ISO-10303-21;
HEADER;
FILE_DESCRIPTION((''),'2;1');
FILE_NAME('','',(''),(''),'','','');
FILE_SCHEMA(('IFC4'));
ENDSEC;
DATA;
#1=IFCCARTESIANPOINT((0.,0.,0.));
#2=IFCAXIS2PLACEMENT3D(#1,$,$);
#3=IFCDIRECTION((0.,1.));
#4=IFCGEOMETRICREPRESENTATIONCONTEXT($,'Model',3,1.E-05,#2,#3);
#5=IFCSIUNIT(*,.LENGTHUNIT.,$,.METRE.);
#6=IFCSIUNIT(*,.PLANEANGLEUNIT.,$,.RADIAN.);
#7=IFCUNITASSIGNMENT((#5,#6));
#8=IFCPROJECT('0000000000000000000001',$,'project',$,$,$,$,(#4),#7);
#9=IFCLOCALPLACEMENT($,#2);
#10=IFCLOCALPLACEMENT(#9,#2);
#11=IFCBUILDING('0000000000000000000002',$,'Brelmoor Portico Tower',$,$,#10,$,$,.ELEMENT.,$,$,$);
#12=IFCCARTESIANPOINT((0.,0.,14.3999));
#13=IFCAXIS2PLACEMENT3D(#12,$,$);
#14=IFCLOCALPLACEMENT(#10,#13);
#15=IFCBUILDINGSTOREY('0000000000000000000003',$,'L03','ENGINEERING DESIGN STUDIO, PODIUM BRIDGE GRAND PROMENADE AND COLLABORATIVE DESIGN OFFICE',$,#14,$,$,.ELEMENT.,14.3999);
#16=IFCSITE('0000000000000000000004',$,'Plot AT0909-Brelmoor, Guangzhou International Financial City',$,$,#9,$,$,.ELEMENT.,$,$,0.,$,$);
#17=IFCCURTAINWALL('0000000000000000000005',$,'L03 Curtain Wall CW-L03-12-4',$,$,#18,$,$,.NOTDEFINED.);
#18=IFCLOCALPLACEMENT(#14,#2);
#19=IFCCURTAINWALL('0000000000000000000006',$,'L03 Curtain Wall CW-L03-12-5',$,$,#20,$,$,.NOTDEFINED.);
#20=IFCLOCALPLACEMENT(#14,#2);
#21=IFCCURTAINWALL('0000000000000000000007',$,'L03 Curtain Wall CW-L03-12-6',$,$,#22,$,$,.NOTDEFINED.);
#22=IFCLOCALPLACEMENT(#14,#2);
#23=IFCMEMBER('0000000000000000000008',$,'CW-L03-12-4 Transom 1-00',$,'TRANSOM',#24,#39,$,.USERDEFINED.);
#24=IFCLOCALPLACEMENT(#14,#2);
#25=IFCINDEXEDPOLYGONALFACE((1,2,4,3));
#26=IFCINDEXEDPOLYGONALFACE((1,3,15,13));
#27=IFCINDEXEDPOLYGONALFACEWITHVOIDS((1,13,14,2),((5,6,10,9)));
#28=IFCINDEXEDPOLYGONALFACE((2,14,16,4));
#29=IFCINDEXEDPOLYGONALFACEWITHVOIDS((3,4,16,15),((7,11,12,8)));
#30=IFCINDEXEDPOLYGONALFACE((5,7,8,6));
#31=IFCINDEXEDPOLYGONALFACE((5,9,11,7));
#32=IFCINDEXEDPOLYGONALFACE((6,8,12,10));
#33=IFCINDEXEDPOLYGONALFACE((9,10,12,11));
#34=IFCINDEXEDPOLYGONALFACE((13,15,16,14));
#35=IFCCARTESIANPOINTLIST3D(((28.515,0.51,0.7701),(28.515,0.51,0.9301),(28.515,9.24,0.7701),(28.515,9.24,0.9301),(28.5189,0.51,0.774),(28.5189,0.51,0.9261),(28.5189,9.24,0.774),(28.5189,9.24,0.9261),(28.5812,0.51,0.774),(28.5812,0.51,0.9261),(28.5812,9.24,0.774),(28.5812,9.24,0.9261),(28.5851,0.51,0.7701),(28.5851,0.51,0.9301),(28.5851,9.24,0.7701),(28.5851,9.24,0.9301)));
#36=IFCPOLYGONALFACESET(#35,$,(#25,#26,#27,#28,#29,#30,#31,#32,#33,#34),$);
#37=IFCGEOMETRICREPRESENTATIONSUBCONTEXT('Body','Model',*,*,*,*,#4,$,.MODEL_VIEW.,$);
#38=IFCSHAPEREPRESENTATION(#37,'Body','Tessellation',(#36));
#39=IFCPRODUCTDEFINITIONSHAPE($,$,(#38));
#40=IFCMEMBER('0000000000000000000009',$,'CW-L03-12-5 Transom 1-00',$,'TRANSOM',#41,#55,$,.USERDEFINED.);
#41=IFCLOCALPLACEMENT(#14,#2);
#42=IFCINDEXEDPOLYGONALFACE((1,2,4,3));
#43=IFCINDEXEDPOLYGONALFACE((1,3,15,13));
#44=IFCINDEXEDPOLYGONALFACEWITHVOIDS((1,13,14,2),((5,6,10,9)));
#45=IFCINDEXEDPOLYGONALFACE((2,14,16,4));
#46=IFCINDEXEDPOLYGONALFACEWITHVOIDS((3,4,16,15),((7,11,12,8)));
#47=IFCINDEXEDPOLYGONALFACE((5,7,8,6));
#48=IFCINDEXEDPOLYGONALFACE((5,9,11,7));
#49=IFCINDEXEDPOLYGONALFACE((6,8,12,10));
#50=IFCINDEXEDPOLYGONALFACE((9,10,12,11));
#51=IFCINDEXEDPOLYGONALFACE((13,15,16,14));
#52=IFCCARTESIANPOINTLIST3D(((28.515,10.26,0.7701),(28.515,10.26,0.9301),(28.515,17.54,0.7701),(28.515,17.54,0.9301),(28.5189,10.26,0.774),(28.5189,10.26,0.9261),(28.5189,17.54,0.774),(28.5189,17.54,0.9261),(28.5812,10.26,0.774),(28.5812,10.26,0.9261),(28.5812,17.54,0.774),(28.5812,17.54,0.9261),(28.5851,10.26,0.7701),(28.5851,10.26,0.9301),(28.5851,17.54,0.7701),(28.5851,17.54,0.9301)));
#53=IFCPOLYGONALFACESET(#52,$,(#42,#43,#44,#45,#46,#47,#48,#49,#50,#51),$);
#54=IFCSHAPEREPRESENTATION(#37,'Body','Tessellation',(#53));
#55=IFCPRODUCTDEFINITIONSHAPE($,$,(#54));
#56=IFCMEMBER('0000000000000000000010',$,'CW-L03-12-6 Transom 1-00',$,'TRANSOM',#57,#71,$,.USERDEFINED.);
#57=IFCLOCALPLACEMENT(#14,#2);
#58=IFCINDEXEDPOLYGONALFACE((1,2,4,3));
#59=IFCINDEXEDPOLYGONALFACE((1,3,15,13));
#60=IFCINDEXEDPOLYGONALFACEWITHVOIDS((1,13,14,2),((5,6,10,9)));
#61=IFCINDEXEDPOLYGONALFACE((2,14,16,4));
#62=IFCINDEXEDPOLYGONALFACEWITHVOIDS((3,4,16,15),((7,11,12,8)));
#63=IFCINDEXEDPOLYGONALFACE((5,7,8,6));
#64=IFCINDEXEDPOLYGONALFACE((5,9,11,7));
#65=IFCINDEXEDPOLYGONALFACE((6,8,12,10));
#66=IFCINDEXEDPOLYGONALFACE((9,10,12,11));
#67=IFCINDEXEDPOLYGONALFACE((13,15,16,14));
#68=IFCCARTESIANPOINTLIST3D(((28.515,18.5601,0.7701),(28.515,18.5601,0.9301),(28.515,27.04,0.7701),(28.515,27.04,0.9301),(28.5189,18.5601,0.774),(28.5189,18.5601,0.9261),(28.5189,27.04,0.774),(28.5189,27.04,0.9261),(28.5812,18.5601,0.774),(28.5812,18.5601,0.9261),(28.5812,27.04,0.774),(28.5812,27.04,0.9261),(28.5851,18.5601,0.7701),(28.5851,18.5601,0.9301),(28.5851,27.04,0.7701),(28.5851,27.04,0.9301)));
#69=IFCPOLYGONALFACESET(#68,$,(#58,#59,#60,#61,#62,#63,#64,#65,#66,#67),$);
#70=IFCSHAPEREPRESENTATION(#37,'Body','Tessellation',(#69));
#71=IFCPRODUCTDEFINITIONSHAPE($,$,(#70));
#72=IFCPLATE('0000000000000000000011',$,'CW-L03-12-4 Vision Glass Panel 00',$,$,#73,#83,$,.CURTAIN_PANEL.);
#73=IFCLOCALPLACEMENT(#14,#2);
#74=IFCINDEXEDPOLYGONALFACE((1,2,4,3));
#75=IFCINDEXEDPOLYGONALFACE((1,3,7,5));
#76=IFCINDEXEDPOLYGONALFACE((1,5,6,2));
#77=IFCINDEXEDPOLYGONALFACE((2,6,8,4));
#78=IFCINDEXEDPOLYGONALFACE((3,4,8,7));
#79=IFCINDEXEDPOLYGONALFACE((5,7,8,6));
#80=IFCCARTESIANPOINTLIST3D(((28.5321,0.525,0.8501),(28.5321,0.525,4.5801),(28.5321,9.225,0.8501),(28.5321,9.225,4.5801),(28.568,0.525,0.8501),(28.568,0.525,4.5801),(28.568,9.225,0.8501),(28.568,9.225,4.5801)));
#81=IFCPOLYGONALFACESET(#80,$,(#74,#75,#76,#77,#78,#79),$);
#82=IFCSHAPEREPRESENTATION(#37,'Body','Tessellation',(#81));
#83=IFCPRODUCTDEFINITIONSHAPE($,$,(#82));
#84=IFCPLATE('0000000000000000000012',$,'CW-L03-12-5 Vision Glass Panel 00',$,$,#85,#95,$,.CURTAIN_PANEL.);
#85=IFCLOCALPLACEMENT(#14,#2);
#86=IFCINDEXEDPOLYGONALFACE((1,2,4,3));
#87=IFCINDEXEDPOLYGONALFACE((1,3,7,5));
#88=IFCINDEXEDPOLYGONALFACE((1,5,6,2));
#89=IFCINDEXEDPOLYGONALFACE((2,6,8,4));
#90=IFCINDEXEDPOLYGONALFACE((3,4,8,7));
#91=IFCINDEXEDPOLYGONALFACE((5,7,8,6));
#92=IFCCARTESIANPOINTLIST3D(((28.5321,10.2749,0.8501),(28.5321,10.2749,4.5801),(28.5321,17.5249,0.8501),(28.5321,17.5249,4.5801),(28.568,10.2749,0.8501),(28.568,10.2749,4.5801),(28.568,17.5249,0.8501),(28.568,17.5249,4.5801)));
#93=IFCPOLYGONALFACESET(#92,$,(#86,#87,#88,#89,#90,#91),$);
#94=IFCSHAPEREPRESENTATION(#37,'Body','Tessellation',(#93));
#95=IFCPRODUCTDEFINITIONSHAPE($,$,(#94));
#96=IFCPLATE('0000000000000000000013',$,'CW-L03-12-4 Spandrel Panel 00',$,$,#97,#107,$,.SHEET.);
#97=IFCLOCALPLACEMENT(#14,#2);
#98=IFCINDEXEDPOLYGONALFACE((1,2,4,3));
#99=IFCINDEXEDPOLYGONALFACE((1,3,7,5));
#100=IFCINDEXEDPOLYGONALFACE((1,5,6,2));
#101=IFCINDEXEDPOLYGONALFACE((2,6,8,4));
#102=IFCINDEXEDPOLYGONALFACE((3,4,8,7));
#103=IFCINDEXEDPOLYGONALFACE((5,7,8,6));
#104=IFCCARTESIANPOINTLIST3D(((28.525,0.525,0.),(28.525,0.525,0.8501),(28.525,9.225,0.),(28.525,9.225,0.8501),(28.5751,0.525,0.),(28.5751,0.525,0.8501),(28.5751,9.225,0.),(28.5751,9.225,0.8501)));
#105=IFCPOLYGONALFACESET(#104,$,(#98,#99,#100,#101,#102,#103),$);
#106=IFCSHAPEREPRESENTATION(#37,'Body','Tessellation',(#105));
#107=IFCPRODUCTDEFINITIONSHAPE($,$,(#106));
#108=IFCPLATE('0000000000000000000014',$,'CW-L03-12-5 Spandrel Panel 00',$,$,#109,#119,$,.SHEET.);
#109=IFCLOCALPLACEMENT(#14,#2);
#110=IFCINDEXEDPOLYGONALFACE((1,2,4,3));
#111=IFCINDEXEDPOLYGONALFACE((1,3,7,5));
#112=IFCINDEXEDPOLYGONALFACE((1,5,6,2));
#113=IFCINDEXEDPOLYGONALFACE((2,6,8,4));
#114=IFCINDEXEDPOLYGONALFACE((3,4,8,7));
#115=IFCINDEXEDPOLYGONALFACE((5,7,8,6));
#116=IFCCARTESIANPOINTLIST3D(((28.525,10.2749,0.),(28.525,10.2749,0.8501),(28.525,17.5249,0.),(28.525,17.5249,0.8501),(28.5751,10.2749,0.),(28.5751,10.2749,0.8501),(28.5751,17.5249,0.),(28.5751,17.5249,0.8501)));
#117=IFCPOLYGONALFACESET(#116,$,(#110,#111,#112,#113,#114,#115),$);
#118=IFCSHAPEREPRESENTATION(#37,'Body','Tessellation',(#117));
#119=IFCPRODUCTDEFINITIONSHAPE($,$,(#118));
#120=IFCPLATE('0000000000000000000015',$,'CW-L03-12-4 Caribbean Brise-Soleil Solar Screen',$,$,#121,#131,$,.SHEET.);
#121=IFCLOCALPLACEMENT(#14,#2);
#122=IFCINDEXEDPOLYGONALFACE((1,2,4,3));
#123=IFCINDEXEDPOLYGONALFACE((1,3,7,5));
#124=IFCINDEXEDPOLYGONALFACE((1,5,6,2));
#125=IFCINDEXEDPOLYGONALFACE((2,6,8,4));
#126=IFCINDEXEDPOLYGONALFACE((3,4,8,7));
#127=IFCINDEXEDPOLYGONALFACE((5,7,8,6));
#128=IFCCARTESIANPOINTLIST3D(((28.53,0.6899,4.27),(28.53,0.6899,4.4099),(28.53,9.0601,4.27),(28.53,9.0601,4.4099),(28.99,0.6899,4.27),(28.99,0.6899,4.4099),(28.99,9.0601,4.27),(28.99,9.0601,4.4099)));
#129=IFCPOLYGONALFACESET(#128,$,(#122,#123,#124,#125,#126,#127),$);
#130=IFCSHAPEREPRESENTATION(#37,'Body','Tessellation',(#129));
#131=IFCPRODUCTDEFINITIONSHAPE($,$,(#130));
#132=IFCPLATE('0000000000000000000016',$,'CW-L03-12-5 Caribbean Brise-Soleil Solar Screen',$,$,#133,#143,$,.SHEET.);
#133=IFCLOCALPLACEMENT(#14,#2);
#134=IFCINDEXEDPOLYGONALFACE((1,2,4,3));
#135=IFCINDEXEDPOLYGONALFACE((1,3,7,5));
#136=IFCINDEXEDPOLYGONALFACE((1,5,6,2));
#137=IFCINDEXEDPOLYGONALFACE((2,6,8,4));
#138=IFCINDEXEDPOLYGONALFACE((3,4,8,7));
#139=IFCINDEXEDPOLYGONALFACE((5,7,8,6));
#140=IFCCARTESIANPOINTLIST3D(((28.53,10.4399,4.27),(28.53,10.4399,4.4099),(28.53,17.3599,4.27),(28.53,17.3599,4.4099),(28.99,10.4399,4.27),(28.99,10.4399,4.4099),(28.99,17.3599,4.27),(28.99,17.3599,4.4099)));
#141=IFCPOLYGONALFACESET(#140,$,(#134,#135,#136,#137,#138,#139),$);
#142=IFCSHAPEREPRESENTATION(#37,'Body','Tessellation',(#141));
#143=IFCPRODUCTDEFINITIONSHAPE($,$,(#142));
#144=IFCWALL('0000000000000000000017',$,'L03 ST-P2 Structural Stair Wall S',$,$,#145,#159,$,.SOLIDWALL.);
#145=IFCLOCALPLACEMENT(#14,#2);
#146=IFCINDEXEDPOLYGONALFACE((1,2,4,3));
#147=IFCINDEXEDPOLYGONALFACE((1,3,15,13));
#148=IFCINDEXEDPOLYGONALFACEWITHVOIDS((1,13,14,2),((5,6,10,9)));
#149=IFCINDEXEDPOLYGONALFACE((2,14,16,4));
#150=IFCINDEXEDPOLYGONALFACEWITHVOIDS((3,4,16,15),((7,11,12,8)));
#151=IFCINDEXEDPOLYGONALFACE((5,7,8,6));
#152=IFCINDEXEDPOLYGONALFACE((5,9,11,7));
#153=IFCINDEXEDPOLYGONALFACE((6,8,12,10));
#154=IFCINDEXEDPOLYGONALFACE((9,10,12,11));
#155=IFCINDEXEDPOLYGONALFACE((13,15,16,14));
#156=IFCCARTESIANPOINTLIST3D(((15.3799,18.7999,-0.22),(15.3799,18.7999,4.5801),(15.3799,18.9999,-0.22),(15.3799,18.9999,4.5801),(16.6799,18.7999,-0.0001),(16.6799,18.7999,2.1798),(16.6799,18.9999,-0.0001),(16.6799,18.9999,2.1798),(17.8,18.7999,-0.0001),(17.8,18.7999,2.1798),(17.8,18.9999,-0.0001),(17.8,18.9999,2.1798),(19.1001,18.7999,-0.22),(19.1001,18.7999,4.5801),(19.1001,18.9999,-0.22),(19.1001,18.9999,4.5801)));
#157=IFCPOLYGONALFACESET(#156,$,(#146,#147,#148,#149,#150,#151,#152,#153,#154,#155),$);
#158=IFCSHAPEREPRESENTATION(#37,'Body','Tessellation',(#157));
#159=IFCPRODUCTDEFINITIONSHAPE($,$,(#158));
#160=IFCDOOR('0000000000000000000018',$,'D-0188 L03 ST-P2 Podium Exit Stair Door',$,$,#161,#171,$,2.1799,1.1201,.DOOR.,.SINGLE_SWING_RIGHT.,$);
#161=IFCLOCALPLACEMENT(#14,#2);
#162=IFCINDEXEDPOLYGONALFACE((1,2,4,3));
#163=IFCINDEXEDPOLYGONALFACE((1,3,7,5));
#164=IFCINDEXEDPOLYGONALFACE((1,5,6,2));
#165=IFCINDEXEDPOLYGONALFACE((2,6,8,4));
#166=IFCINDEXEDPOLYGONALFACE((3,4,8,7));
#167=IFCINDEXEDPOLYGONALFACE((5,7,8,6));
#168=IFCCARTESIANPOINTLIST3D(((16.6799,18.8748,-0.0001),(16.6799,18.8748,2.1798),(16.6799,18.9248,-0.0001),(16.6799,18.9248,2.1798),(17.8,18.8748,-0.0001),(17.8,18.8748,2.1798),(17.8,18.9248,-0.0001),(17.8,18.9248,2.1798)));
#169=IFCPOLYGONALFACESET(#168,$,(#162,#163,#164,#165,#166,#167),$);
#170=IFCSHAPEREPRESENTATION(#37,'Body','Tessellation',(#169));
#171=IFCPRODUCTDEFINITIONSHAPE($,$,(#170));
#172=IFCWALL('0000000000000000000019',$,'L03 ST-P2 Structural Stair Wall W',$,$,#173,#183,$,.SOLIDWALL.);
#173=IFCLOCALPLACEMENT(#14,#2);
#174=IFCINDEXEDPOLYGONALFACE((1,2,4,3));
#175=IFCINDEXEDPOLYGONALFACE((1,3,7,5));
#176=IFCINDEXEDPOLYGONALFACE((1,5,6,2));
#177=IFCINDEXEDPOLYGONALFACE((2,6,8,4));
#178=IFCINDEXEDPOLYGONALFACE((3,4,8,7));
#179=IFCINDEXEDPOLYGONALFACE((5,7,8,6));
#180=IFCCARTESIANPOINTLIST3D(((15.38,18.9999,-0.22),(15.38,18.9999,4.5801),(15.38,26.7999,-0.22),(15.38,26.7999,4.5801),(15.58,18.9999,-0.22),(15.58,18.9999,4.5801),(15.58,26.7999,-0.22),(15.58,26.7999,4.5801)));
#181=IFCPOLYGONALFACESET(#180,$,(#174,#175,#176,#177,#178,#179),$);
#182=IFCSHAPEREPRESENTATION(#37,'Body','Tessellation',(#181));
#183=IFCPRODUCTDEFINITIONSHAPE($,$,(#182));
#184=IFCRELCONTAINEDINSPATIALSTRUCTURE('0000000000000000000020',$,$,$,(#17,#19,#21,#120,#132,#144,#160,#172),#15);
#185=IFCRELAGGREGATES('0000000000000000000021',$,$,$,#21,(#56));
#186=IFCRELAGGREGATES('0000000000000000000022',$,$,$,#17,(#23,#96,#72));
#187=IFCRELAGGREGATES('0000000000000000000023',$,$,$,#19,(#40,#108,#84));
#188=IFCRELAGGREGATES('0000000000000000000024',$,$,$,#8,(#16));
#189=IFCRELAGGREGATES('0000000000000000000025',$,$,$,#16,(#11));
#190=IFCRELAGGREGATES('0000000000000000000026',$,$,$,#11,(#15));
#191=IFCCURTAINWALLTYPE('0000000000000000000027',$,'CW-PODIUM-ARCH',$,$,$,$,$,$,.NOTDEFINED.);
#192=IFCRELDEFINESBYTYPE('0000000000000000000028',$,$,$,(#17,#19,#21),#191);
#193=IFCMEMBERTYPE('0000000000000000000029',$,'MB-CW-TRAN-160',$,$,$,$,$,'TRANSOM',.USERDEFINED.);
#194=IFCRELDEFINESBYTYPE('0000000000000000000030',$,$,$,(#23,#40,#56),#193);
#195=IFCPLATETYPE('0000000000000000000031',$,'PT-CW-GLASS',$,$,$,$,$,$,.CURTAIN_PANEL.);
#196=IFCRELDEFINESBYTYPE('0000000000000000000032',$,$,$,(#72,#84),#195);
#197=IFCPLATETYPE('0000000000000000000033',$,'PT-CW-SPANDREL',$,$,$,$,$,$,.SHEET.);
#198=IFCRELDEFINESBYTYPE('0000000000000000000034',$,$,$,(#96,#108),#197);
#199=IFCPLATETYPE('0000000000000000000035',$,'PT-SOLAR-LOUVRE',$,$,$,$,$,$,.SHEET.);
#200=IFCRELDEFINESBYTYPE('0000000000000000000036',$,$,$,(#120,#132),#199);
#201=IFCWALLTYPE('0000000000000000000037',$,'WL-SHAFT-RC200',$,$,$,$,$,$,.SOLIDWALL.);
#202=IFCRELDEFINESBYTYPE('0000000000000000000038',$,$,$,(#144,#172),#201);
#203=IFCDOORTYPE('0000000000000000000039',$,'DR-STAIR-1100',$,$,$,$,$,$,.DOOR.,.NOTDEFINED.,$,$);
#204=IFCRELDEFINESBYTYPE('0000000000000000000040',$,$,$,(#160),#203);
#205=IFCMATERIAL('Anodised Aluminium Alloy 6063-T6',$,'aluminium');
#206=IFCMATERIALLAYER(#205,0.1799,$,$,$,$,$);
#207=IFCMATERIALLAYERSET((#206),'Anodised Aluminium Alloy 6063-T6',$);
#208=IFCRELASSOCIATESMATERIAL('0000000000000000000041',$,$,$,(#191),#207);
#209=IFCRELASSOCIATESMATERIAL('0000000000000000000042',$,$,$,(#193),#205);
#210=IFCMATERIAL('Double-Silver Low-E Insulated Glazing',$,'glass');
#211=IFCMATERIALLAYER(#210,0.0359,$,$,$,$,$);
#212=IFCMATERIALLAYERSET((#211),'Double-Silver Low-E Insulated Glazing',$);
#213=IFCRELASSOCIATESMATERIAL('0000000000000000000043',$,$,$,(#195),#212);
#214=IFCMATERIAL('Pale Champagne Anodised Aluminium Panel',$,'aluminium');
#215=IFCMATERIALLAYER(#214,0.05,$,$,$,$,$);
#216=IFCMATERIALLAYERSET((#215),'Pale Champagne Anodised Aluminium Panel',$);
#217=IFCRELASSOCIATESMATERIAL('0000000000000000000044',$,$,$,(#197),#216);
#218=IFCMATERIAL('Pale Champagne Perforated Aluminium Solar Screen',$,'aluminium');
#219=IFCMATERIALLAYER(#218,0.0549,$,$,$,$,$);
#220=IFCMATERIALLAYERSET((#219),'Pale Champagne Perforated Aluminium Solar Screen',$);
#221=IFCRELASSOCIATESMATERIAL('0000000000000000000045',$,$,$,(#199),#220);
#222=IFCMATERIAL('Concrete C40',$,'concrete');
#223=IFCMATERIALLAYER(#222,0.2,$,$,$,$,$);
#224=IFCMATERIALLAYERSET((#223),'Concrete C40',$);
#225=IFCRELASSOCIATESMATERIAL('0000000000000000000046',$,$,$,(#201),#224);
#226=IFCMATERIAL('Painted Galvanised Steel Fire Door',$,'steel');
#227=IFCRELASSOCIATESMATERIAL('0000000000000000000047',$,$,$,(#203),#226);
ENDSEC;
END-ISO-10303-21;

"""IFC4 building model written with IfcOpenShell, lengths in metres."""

from ifc_helpers import new_model, si_unit, direction, frame, frame_2d, origin, origin_2d, place, context, subcontext, project, spatial, rectangle, hollow_rectangle, extrude, material, layer, layer_set, material_profile, profile_set, type_object, element, fill, aggregate, save


model = new_model("IFC4")

# Units and contexts
model_context = context("Model", 3, precision=1e-05, world=origin(), true_north=direction((0.0, 1.0)))
body_context = subcontext(model_context, "Body", "Model", "MODEL_VIEW")
ifc_project = project(units=[si_unit("LENGTHUNIT", "METRE"), si_unit("PLANEANGLEUNIT", "RADIAN")], contexts=[model_context])

# Site, building, storey
site_placement = place(None, origin())
site = spatial("IfcSite", under=ifc_project, at=site_placement, Name="Plot AT0909-Brelmoor, Guangzhou International Financial City", CompositionType="ELEMENT", RefElevation=0.0)
building_placement = place(site_placement, origin())
building = spatial("IfcBuilding", under=site, at=building_placement, Name="Brelmoor Portico Tower", CompositionType="ELEMENT")
storey_placement = place(building_placement, frame((0.0, 0.0, 14.3999)))
storey = spatial("IfcBuildingStorey", under=building, at=storey_placement, Name="L03", Description="ENGINEERING DESIGN STUDIO, PODIUM BRIDGE GRAND PROMENADE AND COLLABORATIVE DESIGN OFFICE", CompositionType="ELEMENT", Elevation=14.3999)

# Curtain walls
ifc_material_1 = material(Name="Anodised Aluminium Alloy 6063-T6", Category="aluminium")
ifc_layer_1 = layer(ifc_material_1, 0.1799)
ifc_layer_set_1 = layer_set([ifc_layer_1], Name="Anodised Aluminium Alloy 6063-T6")
curtain_wall_type = type_object("IfcCurtainWallType", Name="CW-PODIUM-ARCH", PredefinedType="NOTDEFINED", material=ifc_layer_set_1)
curtain_wall_1_placement = place(storey_placement, origin())
curtain_wall_1 = element("IfcCurtainWall", 1, at=curtain_wall_1_placement, inside=storey, type_object=curtain_wall_type, Name="L03 Curtain Wall CW-L03-12-4", PredefinedType="NOTDEFINED")
curtain_wall_2_placement = place(storey_placement, origin())
curtain_wall_2 = element("IfcCurtainWall", 2, at=curtain_wall_2_placement, inside=storey, type_object=curtain_wall_type, Name="L03 Curtain Wall CW-L03-12-5", PredefinedType="NOTDEFINED")

# Curtain wall
curtain_wall_3_placement = place(storey_placement, origin())
curtain_wall_3 = element("IfcCurtainWall", 3, at=curtain_wall_3_placement, inside=storey, type_object=curtain_wall_type, Name="L03 Curtain Wall CW-L03-12-6", PredefinedType="NOTDEFINED")

# Members
ifc_material_profile_1 = material_profile(ifc_material_1, hollow_rectangle(XDim=0.0701, YDim=0.1599, WallThickness=0.0039, at=origin_2d()), Name="ALU TRANSOM 70x160")
ifc_profile_set_1 = profile_set([ifc_material_profile_1], Name="Anodised Aluminium Alloy 6063-T6")
member_type_1 = type_object("IfcMemberType", Name="MB-CW-TRAN-160", ElementType="TRANSOM", PredefinedType="USERDEFINED", material=ifc_profile_set_1)
member_1_placement = place(storey_placement, frame((28.55, 0.51, 0.8501), z_axis=(0.0, 1.0, 0.0), x_axis=(-1.0, 0.0, 0.0)))
member_1 = element("IfcMember", 4, at=member_1_placement, type_object=member_type_1, Name="CW-L03-12-4 Transom 1-00", ObjectType="TRANSOM", PredefinedType="USERDEFINED", context=body_context, shape_type="SweptSolid", body=[
    extrude(hollow_rectangle(XDim=0.0701, YDim=0.1599, WallThickness=0.0039, at=origin_2d()), origin(), (0.0, 0.0, 1.0), 8.73),
])
member_2_placement = place(storey_placement, frame((28.55, 10.26, 0.8501), z_axis=(0.0, 1.0, 0.0), x_axis=(-1.0, 0.0, 0.0)))
member_2 = element("IfcMember", 5, at=member_2_placement, type_object=member_type_1, Name="CW-L03-12-5 Transom 1-00", ObjectType="TRANSOM", PredefinedType="USERDEFINED", context=body_context, shape_type="SweptSolid", body=[
    extrude(hollow_rectangle(XDim=0.0701, YDim=0.1599, WallThickness=0.0039, at=origin_2d()), origin(), (0.0, 0.0, 1.0), 7.28),
])
member_3_placement = place(storey_placement, frame((28.55, 18.5601, 0.8501), z_axis=(0.0, 1.0, 0.0), x_axis=(-1.0, 0.0, 0.0)))
member_3 = element("IfcMember", 6, at=member_3_placement, type_object=member_type_1, Name="CW-L03-12-6 Transom 1-00", ObjectType="TRANSOM", PredefinedType="USERDEFINED", context=body_context, shape_type="SweptSolid", body=[
    extrude(hollow_rectangle(XDim=0.0701, YDim=0.1599, WallThickness=0.0039, at=origin_2d()), origin(), (0.0, 0.0, 1.0), 8.48),
])
aggregate(curtain_wall_3, [member_3])

# Plates
ifc_material_2 = material(Name="Double-Silver Low-E Insulated Glazing", Category="glass")
ifc_layer_2 = layer(ifc_material_2, 0.0359)
ifc_layer_set_2 = layer_set([ifc_layer_2], Name="Double-Silver Low-E Insulated Glazing")
plate_type_1 = type_object("IfcPlateType", Name="PT-CW-GLASS", PredefinedType="CURTAIN_PANEL", material=ifc_layer_set_2)
plate_1_placement = place(storey_placement, frame((28.55, 4.875, 0.8501), z_axis=(0.0, 0.0, 1.0), x_axis=(0.0, 1.0, 0.0)))
plate_1 = element("IfcPlate", 7, at=plate_1_placement, type_object=plate_type_1, Name="CW-L03-12-4 Vision Glass Panel 00", PredefinedType="CURTAIN_PANEL", context=body_context, shape_type="SweptSolid", body=[
    extrude(rectangle(XDim=8.7, YDim=0.0359, at=origin_2d()), origin(), (0.0, 0.0, 1.0), 3.73),
])
plate_2_placement = place(storey_placement, frame((28.55, 13.8999, 0.8501), z_axis=(0.0, 0.0, 1.0), x_axis=(0.0, 1.0, 0.0)))
plate_2 = element("IfcPlate", 8, at=plate_2_placement, type_object=plate_type_1, Name="CW-L03-12-5 Vision Glass Panel 00", PredefinedType="CURTAIN_PANEL", context=body_context, shape_type="SweptSolid", body=[
    extrude(rectangle(XDim=7.25, YDim=0.0359, at=origin_2d()), origin(), (0.0, 0.0, 1.0), 3.73),
])
ifc_material_3 = material(Name="Pale Champagne Anodised Aluminium Panel", Category="aluminium")
ifc_layer_3 = layer(ifc_material_3, 0.05)
ifc_layer_set_3 = layer_set([ifc_layer_3], Name="Pale Champagne Anodised Aluminium Panel")
plate_type_2 = type_object("IfcPlateType", Name="PT-CW-SPANDREL", PredefinedType="SHEET", material=ifc_layer_set_3)
plate_3_placement = place(storey_placement, frame((28.55, 4.875, 0.0), z_axis=(0.0, 0.0, 1.0), x_axis=(0.0, 1.0, 0.0)))
plate_3 = element("IfcPlate", 9, at=plate_3_placement, type_object=plate_type_2, Name="CW-L03-12-4 Spandrel Panel 00", PredefinedType="SHEET", context=body_context, shape_type="SweptSolid", body=[
    extrude(rectangle(XDim=8.7, YDim=0.05, at=origin_2d()), origin(), (0.0, 0.0, 1.0), 0.8501),
])
aggregate(curtain_wall_1, [member_1, plate_3, plate_1])
plate_4_placement = place(storey_placement, frame((28.55, 13.8999, 0.0), z_axis=(0.0, 0.0, 1.0), x_axis=(0.0, 1.0, 0.0)))
plate_4 = element("IfcPlate", 10, at=plate_4_placement, type_object=plate_type_2, Name="CW-L03-12-5 Spandrel Panel 00", PredefinedType="SHEET", context=body_context, shape_type="SweptSolid", body=[
    extrude(rectangle(XDim=7.25, YDim=0.05, at=origin_2d()), origin(), (0.0, 0.0, 1.0), 0.8501),
])
aggregate(curtain_wall_2, [member_2, plate_4, plate_2])

# Plates
ifc_material_4 = material(Name="Pale Champagne Perforated Aluminium Solar Screen", Category="aluminium")
ifc_layer_4 = layer(ifc_material_4, 0.0549)
ifc_layer_set_4 = layer_set([ifc_layer_4], Name="Pale Champagne Perforated Aluminium Solar Screen")
plate_type_3 = type_object("IfcPlateType", Name="PT-SOLAR-LOUVRE", PredefinedType="SHEET", material=ifc_layer_set_4)
plate_5_placement = place(storey_placement, frame((28.76, 4.875, 4.27), z_axis=(0.0, 0.0, 1.0), x_axis=(0.0, 1.0, 0.0)))
element("IfcPlate", 11, at=plate_5_placement, inside=storey, type_object=plate_type_3, Name="CW-L03-12-4 Caribbean Brise-Soleil Solar Screen", PredefinedType="SHEET", context=body_context, shape_type="SweptSolid", body=[
    extrude(rectangle(XDim=8.3701, YDim=0.46, at=origin_2d()), origin(), (0.0, 0.0, 1.0), 0.1399),
])
plate_6_placement = place(storey_placement, frame((28.76, 13.8999, 4.27), z_axis=(0.0, 0.0, 1.0), x_axis=(0.0, 1.0, 0.0)))
element("IfcPlate", 12, at=plate_6_placement, inside=storey, type_object=plate_type_3, Name="CW-L03-12-5 Caribbean Brise-Soleil Solar Screen", PredefinedType="SHEET", context=body_context, shape_type="SweptSolid", body=[
    extrude(rectangle(XDim=6.9199, YDim=0.46, at=origin_2d()), origin(), (0.0, 0.0, 1.0), 0.1399),
])

# Wall, opening, door
ifc_material_5 = material(Name="Concrete C40", Category="concrete")
ifc_layer_5 = layer(ifc_material_5, 0.2)
ifc_layer_set_5 = layer_set([ifc_layer_5], Name="Concrete C40")
wall_type = type_object("IfcWallType", Name="WL-SHAFT-RC200", PredefinedType="SOLIDWALL", material=ifc_layer_set_5)
wall_placement = place(storey_placement, frame((15.3799, 18.8999, -0.22), z_axis=(0.0, 0.0, 1.0), x_axis=(1.0, 0.0, 0.0)))
wall = element("IfcWall", 13, at=wall_placement, inside=storey, type_object=wall_type, Name="L03 ST-P2 Structural Stair Wall S", PredefinedType="SOLIDWALL", context=body_context, shape_type="SweptSolid", body=[
    extrude(rectangle(XDim=3.7202, YDim=0.2, at=frame_2d((1.8601, 0.0))), origin(), (0.0, 0.0, 1.0), 4.8),
])
opening_placement = place(wall_placement, frame((1.3, 0.0, 0.22)))
opening = element("IfcOpeningElement", 14, at=opening_placement, cuts=wall, PredefinedType="OPENING", context=body_context, shape_type="SweptSolid", body=[
    extrude(rectangle(XDim=1.1201, YDim=2.1799, at=frame_2d((0.5601, 1.0898))), frame((0.0, 0.1099, 0.0), z_axis=(0.0, -1.0, 0.0), x_axis=(1.0, 0.0, 0.0)), (0.0, 0.0, 1.0), 0.22),
])
ifc_material_6 = material(Name="Painted Galvanised Steel Fire Door", Category="steel")
door_type = type_object("IfcDoorType", Name="DR-STAIR-1100", OperationType="NOTDEFINED", PredefinedType="DOOR", material=ifc_material_6)
door_placement = place(opening_placement, origin())
door = element("IfcDoor", 15, at=door_placement, inside=storey, type_object=door_type, Name="D-0188 L03 ST-P2 Podium Exit Stair Door", OperationType="SINGLE_SWING_RIGHT", OverallHeight=2.1799, OverallWidth=1.1201, PredefinedType="DOOR", context=body_context, shape_type="SweptSolid", body=[
    extrude(rectangle(XDim=1.1201, YDim=2.1799, at=frame_2d((0.5601, 1.0898))), frame((0.0, 0.0249, 0.0), z_axis=(0.0, -1.0, 0.0), x_axis=(1.0, 0.0, 0.0)), (0.0, 0.0, 1.0), 0.05),
])
fill(opening, door)

# Wall
for number, where, z_axis, x_axis, name in (
    (16, (15.48, 19.0, -0.22), (0.0, 0.0, 1.0), (0.0, 1.0, 0.0), "L03 ST-P2 Structural Stair Wall W"),
):
    element("IfcWall", number, at=place(storey_placement, frame(where, z_axis=z_axis, x_axis=x_axis)), inside=storey, type_object=wall_type, Name=name, PredefinedType="SOLIDWALL", context=body_context, shape_type="SweptSolid", body=[
        extrude(rectangle(XDim=7.8, YDim=0.2, at=frame_2d((3.8999, 0.0))), origin(), (0.0, 0.0, 1.0), 4.8),
    ])

save(model, "model.ifc")
